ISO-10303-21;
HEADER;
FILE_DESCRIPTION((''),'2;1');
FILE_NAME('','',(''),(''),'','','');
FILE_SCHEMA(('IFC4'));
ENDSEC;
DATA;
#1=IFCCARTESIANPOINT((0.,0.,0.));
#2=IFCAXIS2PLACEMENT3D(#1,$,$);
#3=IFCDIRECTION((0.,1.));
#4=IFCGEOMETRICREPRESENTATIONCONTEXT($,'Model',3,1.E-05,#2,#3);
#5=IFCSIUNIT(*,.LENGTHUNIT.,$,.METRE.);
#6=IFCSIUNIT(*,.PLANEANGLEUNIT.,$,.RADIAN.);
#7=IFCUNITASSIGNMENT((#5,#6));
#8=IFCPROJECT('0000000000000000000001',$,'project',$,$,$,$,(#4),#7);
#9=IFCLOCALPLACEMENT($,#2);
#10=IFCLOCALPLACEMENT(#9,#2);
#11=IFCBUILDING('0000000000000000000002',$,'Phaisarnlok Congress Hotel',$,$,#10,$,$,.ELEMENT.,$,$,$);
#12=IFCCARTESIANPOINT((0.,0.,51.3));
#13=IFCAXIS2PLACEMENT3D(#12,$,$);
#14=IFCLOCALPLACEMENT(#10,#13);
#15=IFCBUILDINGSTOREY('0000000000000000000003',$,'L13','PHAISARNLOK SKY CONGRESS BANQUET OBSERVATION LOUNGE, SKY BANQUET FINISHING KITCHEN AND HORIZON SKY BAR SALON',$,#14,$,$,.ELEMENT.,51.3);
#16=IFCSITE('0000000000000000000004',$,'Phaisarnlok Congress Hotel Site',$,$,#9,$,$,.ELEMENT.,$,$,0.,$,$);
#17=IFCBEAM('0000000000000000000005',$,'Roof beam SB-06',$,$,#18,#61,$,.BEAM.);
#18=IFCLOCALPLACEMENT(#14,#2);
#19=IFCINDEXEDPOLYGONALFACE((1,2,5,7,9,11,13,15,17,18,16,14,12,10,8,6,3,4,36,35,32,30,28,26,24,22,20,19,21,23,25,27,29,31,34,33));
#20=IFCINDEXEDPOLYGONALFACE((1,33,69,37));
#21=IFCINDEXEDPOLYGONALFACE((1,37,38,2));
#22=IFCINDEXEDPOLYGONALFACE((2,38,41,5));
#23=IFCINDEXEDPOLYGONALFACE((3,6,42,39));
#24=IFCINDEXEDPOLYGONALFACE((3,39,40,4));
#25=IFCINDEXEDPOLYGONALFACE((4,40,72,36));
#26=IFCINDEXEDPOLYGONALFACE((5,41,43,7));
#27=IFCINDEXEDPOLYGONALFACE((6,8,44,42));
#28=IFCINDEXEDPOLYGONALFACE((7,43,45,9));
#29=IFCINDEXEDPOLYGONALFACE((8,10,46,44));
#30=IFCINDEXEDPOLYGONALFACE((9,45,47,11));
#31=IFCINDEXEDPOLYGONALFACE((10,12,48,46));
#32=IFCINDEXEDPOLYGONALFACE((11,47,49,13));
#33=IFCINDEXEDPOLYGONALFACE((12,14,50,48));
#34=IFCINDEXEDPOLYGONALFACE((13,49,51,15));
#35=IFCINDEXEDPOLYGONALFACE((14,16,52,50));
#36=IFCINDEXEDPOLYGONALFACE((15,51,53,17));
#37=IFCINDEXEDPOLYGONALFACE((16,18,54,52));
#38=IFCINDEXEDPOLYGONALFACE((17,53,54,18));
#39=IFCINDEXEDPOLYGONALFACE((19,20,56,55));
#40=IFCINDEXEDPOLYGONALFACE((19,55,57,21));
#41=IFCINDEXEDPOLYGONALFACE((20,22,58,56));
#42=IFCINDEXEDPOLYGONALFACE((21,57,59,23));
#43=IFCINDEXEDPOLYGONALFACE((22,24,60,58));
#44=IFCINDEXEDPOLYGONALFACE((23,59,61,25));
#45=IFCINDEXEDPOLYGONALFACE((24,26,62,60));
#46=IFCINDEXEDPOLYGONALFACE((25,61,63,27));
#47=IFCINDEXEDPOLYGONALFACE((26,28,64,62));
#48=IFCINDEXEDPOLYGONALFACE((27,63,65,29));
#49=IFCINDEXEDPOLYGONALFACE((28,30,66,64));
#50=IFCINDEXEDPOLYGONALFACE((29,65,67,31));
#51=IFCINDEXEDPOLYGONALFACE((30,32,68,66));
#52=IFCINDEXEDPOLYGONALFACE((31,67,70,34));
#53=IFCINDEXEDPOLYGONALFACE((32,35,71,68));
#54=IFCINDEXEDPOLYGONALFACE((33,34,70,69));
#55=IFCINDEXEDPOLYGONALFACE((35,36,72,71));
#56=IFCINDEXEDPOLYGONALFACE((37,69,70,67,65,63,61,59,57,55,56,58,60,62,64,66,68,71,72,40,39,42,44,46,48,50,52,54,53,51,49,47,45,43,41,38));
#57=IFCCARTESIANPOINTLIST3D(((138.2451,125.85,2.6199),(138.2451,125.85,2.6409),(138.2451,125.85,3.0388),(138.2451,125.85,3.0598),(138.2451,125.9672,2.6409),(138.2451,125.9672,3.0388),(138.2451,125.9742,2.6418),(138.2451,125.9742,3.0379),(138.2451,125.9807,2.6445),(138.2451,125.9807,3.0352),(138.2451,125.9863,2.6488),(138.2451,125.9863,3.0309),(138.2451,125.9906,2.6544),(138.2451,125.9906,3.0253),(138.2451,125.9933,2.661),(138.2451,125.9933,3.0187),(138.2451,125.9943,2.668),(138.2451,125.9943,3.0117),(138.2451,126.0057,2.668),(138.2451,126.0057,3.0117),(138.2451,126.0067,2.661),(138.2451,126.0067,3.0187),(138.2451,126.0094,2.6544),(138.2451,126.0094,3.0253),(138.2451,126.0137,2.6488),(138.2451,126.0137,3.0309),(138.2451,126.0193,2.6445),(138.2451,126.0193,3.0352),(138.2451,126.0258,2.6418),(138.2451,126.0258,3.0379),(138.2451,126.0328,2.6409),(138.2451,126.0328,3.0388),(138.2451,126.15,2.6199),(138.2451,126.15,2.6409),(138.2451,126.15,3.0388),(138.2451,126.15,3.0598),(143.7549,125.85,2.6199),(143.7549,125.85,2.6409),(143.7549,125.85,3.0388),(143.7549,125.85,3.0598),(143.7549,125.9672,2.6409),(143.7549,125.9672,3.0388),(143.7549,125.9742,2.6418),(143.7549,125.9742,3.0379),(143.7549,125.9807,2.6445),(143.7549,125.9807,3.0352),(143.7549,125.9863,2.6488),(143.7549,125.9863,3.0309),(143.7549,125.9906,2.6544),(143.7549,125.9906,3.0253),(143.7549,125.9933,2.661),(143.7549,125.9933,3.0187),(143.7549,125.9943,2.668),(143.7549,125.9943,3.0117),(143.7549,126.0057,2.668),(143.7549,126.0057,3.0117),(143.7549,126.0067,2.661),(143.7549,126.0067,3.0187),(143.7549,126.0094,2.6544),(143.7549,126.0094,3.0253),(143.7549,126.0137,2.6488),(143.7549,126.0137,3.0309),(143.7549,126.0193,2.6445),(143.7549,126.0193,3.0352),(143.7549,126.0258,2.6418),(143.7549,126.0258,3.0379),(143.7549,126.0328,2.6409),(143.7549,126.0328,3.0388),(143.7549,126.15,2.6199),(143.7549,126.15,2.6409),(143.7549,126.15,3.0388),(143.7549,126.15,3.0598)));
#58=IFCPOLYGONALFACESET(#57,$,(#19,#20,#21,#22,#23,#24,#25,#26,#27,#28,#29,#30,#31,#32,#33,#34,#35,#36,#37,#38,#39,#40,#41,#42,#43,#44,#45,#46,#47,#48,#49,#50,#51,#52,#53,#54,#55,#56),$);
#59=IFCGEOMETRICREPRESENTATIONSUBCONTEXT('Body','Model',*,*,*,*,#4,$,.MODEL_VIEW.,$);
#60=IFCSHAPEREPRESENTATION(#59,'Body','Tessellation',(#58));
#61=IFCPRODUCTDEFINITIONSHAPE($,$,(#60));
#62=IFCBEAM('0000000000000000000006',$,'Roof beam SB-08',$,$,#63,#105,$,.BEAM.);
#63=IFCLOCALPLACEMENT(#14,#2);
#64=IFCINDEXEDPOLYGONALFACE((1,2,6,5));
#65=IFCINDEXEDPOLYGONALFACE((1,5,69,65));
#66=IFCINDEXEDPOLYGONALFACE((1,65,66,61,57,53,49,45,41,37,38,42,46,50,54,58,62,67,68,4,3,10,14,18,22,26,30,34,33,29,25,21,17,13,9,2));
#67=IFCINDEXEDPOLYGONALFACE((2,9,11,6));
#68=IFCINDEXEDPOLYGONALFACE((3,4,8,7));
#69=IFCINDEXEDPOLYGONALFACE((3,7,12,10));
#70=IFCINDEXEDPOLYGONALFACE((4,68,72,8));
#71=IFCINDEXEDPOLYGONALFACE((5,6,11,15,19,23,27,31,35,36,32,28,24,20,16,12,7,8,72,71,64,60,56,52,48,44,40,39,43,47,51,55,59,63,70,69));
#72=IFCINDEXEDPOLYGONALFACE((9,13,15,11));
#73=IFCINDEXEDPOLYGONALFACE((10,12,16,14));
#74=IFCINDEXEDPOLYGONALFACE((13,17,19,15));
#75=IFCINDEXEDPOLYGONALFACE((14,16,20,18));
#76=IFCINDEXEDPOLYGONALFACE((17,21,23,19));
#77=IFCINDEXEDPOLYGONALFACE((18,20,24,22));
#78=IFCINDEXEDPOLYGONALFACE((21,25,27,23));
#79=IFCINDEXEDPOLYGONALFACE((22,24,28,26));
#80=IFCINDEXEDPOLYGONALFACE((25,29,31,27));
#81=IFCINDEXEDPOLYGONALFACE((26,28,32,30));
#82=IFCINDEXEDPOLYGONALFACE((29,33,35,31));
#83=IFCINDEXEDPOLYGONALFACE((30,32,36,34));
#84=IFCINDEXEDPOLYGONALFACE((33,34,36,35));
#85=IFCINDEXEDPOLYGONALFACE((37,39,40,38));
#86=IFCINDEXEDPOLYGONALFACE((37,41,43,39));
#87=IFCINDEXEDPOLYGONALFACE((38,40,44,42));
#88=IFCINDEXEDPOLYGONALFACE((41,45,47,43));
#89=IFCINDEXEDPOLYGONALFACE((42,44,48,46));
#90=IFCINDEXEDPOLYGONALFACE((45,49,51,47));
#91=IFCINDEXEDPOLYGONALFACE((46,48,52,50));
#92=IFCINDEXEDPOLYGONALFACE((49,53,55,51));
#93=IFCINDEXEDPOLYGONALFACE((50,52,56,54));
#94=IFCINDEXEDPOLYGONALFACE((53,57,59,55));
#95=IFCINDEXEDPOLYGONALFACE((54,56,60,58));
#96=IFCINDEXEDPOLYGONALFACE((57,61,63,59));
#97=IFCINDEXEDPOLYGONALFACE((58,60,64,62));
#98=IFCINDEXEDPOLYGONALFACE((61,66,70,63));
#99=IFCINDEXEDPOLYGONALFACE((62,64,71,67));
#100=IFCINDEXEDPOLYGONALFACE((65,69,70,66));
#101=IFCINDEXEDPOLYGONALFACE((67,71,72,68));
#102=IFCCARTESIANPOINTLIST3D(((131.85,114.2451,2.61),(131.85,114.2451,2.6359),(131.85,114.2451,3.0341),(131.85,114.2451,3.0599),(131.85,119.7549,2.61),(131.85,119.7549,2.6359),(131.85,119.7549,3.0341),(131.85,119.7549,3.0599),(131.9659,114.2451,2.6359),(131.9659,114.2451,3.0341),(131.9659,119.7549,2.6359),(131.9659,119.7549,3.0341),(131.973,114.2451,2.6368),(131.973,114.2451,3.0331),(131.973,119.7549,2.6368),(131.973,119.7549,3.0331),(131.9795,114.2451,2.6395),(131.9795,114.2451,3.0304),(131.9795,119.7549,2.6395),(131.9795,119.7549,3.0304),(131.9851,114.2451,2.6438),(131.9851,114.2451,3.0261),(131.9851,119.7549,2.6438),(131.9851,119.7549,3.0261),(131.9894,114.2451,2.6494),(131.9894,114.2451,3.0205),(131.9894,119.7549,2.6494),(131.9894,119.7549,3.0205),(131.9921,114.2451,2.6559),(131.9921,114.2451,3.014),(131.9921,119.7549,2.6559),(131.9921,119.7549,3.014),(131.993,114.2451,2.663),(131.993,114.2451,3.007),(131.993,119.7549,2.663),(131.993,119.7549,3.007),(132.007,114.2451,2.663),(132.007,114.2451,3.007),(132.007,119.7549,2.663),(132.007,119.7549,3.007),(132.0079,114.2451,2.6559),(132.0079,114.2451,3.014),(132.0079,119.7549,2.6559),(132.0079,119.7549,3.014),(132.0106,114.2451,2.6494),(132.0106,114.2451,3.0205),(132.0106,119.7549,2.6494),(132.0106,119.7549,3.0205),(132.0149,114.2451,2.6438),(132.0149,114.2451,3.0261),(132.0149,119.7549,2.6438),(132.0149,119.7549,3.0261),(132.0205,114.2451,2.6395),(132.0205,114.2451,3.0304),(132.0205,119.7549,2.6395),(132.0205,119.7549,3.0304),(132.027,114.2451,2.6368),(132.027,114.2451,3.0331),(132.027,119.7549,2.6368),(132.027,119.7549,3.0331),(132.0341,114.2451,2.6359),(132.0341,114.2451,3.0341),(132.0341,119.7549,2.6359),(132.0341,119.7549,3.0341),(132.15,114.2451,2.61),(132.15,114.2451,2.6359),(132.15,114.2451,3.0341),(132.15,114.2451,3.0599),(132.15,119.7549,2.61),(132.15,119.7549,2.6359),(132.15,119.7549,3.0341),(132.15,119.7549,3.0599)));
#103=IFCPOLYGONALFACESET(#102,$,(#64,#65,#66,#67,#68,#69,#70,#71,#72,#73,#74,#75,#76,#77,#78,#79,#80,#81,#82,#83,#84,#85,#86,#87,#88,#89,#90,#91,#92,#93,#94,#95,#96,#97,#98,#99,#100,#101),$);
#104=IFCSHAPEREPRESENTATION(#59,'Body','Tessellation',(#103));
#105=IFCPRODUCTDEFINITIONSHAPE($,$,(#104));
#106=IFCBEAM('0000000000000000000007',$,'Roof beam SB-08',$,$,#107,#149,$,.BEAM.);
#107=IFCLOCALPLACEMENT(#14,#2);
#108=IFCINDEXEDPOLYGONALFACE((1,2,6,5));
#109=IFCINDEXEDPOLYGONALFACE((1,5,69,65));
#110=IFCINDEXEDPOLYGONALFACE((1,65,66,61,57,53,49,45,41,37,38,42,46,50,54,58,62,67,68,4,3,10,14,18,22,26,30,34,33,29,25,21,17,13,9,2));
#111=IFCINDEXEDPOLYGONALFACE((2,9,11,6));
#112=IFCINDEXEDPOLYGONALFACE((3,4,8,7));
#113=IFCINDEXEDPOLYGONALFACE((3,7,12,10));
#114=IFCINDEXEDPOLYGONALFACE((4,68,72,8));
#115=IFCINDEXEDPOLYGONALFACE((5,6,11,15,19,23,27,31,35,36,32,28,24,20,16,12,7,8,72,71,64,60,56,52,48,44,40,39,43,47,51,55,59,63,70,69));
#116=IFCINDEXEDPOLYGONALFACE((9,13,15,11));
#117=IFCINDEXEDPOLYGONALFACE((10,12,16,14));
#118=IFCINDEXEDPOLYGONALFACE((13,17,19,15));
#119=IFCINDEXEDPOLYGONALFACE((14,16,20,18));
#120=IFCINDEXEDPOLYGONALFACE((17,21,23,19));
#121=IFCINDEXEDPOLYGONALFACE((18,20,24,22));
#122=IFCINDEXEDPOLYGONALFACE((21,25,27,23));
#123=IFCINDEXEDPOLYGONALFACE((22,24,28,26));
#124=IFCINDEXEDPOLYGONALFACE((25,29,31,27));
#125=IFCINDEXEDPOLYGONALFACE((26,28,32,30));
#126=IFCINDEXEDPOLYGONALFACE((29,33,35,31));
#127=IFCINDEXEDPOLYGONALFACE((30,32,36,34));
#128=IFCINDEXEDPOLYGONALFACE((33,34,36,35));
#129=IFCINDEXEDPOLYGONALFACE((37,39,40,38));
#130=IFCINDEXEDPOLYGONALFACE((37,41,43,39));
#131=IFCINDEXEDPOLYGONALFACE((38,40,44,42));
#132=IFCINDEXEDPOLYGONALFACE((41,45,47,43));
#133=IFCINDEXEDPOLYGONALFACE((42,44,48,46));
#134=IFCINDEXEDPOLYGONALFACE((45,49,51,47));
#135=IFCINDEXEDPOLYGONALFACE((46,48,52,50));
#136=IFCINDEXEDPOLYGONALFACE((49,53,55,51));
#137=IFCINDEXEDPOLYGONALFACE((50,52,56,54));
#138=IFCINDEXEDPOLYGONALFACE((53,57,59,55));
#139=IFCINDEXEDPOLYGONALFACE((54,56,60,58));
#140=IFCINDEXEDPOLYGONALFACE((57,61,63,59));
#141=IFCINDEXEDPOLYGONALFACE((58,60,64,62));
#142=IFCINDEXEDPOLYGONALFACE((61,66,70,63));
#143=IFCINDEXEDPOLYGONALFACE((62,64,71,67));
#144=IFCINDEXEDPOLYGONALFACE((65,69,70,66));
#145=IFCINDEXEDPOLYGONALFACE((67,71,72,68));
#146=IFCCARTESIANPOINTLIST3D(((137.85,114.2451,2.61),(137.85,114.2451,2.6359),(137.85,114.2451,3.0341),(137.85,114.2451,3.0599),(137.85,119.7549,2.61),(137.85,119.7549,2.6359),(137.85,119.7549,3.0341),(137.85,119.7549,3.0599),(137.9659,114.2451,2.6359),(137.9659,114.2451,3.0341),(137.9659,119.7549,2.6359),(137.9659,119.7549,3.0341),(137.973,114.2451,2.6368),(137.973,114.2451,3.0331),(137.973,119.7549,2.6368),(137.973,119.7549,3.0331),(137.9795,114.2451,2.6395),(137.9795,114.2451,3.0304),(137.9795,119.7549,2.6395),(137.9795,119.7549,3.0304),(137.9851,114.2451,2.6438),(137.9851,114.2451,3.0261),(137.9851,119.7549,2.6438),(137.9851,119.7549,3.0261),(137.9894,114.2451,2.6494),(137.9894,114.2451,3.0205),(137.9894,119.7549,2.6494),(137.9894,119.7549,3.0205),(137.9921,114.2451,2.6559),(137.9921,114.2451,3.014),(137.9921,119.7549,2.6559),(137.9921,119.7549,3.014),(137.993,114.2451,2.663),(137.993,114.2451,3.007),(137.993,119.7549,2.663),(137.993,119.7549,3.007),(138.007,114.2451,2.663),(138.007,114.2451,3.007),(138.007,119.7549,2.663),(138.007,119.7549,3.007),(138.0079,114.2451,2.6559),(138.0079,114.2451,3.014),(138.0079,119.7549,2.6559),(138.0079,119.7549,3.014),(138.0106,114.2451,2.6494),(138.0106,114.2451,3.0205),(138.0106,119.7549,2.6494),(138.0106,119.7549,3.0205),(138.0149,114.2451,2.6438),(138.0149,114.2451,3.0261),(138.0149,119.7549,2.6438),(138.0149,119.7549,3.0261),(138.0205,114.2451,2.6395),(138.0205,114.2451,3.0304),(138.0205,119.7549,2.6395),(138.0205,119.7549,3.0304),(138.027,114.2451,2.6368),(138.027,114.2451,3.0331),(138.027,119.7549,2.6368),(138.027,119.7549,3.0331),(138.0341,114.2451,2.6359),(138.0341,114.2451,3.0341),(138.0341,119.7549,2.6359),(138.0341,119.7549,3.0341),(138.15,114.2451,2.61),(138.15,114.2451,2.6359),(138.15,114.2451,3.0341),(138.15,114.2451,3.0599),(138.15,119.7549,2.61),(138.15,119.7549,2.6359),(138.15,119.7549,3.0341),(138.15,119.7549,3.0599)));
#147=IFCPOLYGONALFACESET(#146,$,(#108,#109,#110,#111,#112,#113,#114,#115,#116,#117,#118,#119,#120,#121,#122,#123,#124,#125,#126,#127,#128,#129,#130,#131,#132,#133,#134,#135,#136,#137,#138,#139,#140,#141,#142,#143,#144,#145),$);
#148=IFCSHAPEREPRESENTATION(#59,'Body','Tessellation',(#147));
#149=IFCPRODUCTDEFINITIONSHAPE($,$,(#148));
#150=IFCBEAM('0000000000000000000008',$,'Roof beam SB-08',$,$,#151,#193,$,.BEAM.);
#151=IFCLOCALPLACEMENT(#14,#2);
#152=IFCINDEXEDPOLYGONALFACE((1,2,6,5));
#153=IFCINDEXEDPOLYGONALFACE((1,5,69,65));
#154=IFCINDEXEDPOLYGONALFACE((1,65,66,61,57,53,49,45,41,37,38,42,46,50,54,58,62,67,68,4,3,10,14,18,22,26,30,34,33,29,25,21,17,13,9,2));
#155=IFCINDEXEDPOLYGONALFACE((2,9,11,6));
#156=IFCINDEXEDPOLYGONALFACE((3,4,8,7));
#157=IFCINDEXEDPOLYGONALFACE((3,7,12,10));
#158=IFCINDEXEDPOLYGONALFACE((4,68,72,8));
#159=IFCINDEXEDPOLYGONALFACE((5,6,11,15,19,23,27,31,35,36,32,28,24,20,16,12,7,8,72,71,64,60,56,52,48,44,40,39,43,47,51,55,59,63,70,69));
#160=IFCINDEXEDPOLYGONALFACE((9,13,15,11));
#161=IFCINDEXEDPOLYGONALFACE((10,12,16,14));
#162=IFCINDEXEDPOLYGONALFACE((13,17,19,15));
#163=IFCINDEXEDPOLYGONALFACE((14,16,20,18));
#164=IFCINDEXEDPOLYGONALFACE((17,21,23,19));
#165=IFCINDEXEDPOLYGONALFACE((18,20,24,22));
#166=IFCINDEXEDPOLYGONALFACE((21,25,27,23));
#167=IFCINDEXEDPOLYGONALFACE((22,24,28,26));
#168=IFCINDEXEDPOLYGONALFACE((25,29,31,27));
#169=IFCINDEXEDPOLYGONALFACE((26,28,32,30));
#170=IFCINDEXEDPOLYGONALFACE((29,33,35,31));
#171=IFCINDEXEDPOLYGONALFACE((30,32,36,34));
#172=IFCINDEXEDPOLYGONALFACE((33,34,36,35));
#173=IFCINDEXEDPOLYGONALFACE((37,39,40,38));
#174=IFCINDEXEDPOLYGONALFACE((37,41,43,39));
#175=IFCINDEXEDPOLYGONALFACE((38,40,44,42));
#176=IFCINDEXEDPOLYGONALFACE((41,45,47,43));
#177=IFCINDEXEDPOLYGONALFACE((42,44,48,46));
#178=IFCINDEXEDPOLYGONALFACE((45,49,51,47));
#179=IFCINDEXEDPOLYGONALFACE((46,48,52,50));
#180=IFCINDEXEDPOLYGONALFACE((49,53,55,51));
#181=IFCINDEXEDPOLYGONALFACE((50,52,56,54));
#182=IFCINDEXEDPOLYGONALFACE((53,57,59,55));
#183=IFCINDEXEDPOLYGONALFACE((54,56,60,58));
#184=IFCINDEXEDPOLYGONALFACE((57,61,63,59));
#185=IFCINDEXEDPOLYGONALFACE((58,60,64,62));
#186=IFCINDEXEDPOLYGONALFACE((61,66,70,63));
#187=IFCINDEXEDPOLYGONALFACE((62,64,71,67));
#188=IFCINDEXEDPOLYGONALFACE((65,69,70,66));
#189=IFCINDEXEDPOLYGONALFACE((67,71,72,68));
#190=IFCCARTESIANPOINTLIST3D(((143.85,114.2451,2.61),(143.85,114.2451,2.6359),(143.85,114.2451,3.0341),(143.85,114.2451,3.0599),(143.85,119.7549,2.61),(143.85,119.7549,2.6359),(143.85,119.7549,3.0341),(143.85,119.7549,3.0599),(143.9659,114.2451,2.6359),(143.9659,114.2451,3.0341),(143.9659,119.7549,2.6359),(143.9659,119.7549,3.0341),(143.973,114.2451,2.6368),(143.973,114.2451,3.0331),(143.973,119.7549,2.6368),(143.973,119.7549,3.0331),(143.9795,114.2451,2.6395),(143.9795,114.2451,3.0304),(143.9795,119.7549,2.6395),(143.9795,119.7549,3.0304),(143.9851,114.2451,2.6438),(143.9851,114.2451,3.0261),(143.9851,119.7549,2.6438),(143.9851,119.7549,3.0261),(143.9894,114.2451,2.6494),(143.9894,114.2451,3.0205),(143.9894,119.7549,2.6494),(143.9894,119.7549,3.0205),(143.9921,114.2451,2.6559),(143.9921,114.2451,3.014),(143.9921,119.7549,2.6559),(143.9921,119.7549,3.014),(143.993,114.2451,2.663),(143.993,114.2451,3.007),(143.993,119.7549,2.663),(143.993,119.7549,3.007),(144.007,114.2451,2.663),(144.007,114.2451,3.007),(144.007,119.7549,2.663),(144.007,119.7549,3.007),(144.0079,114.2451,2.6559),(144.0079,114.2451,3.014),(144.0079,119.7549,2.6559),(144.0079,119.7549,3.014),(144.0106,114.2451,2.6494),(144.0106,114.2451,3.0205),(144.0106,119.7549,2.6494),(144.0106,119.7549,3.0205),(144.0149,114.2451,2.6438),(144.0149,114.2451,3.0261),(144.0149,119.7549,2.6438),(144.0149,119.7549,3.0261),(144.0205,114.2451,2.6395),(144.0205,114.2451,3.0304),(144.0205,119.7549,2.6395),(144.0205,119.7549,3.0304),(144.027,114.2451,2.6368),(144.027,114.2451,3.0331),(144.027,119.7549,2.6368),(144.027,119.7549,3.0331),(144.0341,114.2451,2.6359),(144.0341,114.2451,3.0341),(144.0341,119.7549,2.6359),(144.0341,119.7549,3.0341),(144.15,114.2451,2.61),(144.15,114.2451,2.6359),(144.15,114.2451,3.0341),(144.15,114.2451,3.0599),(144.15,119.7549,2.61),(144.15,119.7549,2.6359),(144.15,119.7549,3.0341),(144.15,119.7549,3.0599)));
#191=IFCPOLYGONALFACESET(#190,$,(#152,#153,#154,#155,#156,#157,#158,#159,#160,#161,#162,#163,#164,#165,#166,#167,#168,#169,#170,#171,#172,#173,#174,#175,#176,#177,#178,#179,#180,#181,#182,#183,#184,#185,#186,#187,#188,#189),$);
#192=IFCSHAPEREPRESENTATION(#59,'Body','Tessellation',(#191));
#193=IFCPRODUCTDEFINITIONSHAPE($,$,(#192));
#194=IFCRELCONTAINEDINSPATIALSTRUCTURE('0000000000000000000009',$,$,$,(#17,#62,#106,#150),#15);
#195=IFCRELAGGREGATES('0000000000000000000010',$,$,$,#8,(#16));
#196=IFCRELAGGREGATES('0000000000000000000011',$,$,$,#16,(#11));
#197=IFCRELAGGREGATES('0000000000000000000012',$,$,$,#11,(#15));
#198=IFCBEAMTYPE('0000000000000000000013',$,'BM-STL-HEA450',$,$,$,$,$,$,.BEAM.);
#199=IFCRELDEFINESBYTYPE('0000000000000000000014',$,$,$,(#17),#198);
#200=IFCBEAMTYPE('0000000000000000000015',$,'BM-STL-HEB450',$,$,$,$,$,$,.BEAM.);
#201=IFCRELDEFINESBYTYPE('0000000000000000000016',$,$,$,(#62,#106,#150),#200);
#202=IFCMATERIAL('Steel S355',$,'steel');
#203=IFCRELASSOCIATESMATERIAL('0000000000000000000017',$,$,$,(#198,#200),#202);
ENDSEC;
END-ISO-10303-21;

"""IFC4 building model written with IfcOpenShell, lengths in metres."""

from ifc_helpers import new_model, si_unit, direction, frame, origin, origin_2d, place, context, subcontext, project, spatial, i_section, extrude, material, material_profile, profile_set, type_object, element, save


model = new_model("IFC4")

# Units and contexts
model_context = context("Model", 3, precision=1e-05, world=origin(), true_north=direction((0.0, 1.0)))
body_context = subcontext(model_context, "Body", "Model", "MODEL_VIEW")
ifc_project = project(units=[si_unit("LENGTHUNIT", "METRE"), si_unit("PLANEANGLEUNIT", "RADIAN")], contexts=[model_context])

# Site, building, storey
site_placement = place(None, origin())
site = spatial("IfcSite", under=ifc_project, at=site_placement, Name="Phaisarnlok Congress Hotel Site", CompositionType="ELEMENT", RefElevation=0.0)
building_placement = place(site_placement, origin())
building = spatial("IfcBuilding", under=site, at=building_placement, Name="Phaisarnlok Congress Hotel", CompositionType="ELEMENT")
storey_placement = place(building_placement, frame((0.0, 0.0, 51.3)))
storey = spatial("IfcBuildingStorey", under=building, at=storey_placement, Name="L13", Description="PHAISARNLOK SKY CONGRESS BANQUET OBSERVATION LOUNGE, SKY BANQUET FINISHING KITCHEN AND HORIZON SKY BAR SALON", CompositionType="ELEMENT", Elevation=51.3)

# Beams
ifc_material_1 = material(Name="Steel S355", Category="steel")
ifc_material_profile_1 = material_profile(ifc_material_1, i_section(OverallWidth=0.3, OverallDepth=0.4399, WebThickness=0.0115, FlangeThickness=0.021, FilletRadius=0.0271, at=origin_2d()), Name="HEA 450")
ifc_profile_set_1 = profile_set([ifc_material_profile_1], Name="Steel S355")
beam_type_1 = type_object("IfcBeamType", Name="BM-STL-HEA450", PredefinedType="BEAM", material=ifc_profile_set_1)
for number, where, z_axis, x_axis, name in (
    (1, (138.2451, 126.0, 2.8398), (1.0, 0.0, 0.0), (0.0, 1.0, 0.0), "Roof beam SB-06"),
):
    element("IfcBeam", number, at=place(storey_placement, frame(where, z_axis=z_axis, x_axis=x_axis)), inside=storey, type_object=beam_type_1, Name=name, PredefinedType="BEAM", context=body_context, shape_type="SweptSolid", body=[
        extrude(i_section(OverallWidth=0.3, OverallDepth=0.4399, WebThickness=0.0115, FlangeThickness=0.021, FilletRadius=0.0271, at=origin_2d()), origin(), (0.0, 0.0, 1.0), 5.5098),
    ])
ifc_material_profile_2 = material_profile(ifc_material_1, i_section(OverallWidth=0.3, OverallDepth=0.45, WebThickness=0.0139, FlangeThickness=0.0259, FilletRadius=0.0271, at=origin_2d()), Name="HEB 450")
ifc_profile_set_2 = profile_set([ifc_material_profile_2], Name="Steel S355")
beam_type_2 = type_object("IfcBeamType", Name="BM-STL-HEB450", PredefinedType="BEAM", material=ifc_profile_set_2)
for number, where, z_axis, x_axis, name in (
    (2, (132.0, 114.2451, 2.835), (0.0, 1.0, 0.0), (-1.0, 0.0, 0.0), "Roof beam SB-08"),
    (3, (138.0, 114.2451, 2.835), (0.0, 1.0, 0.0), (-1.0, 0.0, 0.0), "Roof beam SB-08"),
    (4, (144.0, 114.2451, 2.835), (0.0, 1.0, 0.0), (-1.0, 0.0, 0.0), "Roof beam SB-08"),
):
    element("IfcBeam", number, at=place(storey_placement, frame(where, z_axis=z_axis, x_axis=x_axis)), inside=storey, type_object=beam_type_2, Name=name, PredefinedType="BEAM", context=body_context, shape_type="SweptSolid", body=[
        extrude(i_section(OverallWidth=0.3, OverallDepth=0.45, WebThickness=0.0139, FlangeThickness=0.0259, FilletRadius=0.0271, at=origin_2d()), origin(), (0.0, 0.0, 1.0), 5.5098),
    ])

save(model, "model.ifc")
